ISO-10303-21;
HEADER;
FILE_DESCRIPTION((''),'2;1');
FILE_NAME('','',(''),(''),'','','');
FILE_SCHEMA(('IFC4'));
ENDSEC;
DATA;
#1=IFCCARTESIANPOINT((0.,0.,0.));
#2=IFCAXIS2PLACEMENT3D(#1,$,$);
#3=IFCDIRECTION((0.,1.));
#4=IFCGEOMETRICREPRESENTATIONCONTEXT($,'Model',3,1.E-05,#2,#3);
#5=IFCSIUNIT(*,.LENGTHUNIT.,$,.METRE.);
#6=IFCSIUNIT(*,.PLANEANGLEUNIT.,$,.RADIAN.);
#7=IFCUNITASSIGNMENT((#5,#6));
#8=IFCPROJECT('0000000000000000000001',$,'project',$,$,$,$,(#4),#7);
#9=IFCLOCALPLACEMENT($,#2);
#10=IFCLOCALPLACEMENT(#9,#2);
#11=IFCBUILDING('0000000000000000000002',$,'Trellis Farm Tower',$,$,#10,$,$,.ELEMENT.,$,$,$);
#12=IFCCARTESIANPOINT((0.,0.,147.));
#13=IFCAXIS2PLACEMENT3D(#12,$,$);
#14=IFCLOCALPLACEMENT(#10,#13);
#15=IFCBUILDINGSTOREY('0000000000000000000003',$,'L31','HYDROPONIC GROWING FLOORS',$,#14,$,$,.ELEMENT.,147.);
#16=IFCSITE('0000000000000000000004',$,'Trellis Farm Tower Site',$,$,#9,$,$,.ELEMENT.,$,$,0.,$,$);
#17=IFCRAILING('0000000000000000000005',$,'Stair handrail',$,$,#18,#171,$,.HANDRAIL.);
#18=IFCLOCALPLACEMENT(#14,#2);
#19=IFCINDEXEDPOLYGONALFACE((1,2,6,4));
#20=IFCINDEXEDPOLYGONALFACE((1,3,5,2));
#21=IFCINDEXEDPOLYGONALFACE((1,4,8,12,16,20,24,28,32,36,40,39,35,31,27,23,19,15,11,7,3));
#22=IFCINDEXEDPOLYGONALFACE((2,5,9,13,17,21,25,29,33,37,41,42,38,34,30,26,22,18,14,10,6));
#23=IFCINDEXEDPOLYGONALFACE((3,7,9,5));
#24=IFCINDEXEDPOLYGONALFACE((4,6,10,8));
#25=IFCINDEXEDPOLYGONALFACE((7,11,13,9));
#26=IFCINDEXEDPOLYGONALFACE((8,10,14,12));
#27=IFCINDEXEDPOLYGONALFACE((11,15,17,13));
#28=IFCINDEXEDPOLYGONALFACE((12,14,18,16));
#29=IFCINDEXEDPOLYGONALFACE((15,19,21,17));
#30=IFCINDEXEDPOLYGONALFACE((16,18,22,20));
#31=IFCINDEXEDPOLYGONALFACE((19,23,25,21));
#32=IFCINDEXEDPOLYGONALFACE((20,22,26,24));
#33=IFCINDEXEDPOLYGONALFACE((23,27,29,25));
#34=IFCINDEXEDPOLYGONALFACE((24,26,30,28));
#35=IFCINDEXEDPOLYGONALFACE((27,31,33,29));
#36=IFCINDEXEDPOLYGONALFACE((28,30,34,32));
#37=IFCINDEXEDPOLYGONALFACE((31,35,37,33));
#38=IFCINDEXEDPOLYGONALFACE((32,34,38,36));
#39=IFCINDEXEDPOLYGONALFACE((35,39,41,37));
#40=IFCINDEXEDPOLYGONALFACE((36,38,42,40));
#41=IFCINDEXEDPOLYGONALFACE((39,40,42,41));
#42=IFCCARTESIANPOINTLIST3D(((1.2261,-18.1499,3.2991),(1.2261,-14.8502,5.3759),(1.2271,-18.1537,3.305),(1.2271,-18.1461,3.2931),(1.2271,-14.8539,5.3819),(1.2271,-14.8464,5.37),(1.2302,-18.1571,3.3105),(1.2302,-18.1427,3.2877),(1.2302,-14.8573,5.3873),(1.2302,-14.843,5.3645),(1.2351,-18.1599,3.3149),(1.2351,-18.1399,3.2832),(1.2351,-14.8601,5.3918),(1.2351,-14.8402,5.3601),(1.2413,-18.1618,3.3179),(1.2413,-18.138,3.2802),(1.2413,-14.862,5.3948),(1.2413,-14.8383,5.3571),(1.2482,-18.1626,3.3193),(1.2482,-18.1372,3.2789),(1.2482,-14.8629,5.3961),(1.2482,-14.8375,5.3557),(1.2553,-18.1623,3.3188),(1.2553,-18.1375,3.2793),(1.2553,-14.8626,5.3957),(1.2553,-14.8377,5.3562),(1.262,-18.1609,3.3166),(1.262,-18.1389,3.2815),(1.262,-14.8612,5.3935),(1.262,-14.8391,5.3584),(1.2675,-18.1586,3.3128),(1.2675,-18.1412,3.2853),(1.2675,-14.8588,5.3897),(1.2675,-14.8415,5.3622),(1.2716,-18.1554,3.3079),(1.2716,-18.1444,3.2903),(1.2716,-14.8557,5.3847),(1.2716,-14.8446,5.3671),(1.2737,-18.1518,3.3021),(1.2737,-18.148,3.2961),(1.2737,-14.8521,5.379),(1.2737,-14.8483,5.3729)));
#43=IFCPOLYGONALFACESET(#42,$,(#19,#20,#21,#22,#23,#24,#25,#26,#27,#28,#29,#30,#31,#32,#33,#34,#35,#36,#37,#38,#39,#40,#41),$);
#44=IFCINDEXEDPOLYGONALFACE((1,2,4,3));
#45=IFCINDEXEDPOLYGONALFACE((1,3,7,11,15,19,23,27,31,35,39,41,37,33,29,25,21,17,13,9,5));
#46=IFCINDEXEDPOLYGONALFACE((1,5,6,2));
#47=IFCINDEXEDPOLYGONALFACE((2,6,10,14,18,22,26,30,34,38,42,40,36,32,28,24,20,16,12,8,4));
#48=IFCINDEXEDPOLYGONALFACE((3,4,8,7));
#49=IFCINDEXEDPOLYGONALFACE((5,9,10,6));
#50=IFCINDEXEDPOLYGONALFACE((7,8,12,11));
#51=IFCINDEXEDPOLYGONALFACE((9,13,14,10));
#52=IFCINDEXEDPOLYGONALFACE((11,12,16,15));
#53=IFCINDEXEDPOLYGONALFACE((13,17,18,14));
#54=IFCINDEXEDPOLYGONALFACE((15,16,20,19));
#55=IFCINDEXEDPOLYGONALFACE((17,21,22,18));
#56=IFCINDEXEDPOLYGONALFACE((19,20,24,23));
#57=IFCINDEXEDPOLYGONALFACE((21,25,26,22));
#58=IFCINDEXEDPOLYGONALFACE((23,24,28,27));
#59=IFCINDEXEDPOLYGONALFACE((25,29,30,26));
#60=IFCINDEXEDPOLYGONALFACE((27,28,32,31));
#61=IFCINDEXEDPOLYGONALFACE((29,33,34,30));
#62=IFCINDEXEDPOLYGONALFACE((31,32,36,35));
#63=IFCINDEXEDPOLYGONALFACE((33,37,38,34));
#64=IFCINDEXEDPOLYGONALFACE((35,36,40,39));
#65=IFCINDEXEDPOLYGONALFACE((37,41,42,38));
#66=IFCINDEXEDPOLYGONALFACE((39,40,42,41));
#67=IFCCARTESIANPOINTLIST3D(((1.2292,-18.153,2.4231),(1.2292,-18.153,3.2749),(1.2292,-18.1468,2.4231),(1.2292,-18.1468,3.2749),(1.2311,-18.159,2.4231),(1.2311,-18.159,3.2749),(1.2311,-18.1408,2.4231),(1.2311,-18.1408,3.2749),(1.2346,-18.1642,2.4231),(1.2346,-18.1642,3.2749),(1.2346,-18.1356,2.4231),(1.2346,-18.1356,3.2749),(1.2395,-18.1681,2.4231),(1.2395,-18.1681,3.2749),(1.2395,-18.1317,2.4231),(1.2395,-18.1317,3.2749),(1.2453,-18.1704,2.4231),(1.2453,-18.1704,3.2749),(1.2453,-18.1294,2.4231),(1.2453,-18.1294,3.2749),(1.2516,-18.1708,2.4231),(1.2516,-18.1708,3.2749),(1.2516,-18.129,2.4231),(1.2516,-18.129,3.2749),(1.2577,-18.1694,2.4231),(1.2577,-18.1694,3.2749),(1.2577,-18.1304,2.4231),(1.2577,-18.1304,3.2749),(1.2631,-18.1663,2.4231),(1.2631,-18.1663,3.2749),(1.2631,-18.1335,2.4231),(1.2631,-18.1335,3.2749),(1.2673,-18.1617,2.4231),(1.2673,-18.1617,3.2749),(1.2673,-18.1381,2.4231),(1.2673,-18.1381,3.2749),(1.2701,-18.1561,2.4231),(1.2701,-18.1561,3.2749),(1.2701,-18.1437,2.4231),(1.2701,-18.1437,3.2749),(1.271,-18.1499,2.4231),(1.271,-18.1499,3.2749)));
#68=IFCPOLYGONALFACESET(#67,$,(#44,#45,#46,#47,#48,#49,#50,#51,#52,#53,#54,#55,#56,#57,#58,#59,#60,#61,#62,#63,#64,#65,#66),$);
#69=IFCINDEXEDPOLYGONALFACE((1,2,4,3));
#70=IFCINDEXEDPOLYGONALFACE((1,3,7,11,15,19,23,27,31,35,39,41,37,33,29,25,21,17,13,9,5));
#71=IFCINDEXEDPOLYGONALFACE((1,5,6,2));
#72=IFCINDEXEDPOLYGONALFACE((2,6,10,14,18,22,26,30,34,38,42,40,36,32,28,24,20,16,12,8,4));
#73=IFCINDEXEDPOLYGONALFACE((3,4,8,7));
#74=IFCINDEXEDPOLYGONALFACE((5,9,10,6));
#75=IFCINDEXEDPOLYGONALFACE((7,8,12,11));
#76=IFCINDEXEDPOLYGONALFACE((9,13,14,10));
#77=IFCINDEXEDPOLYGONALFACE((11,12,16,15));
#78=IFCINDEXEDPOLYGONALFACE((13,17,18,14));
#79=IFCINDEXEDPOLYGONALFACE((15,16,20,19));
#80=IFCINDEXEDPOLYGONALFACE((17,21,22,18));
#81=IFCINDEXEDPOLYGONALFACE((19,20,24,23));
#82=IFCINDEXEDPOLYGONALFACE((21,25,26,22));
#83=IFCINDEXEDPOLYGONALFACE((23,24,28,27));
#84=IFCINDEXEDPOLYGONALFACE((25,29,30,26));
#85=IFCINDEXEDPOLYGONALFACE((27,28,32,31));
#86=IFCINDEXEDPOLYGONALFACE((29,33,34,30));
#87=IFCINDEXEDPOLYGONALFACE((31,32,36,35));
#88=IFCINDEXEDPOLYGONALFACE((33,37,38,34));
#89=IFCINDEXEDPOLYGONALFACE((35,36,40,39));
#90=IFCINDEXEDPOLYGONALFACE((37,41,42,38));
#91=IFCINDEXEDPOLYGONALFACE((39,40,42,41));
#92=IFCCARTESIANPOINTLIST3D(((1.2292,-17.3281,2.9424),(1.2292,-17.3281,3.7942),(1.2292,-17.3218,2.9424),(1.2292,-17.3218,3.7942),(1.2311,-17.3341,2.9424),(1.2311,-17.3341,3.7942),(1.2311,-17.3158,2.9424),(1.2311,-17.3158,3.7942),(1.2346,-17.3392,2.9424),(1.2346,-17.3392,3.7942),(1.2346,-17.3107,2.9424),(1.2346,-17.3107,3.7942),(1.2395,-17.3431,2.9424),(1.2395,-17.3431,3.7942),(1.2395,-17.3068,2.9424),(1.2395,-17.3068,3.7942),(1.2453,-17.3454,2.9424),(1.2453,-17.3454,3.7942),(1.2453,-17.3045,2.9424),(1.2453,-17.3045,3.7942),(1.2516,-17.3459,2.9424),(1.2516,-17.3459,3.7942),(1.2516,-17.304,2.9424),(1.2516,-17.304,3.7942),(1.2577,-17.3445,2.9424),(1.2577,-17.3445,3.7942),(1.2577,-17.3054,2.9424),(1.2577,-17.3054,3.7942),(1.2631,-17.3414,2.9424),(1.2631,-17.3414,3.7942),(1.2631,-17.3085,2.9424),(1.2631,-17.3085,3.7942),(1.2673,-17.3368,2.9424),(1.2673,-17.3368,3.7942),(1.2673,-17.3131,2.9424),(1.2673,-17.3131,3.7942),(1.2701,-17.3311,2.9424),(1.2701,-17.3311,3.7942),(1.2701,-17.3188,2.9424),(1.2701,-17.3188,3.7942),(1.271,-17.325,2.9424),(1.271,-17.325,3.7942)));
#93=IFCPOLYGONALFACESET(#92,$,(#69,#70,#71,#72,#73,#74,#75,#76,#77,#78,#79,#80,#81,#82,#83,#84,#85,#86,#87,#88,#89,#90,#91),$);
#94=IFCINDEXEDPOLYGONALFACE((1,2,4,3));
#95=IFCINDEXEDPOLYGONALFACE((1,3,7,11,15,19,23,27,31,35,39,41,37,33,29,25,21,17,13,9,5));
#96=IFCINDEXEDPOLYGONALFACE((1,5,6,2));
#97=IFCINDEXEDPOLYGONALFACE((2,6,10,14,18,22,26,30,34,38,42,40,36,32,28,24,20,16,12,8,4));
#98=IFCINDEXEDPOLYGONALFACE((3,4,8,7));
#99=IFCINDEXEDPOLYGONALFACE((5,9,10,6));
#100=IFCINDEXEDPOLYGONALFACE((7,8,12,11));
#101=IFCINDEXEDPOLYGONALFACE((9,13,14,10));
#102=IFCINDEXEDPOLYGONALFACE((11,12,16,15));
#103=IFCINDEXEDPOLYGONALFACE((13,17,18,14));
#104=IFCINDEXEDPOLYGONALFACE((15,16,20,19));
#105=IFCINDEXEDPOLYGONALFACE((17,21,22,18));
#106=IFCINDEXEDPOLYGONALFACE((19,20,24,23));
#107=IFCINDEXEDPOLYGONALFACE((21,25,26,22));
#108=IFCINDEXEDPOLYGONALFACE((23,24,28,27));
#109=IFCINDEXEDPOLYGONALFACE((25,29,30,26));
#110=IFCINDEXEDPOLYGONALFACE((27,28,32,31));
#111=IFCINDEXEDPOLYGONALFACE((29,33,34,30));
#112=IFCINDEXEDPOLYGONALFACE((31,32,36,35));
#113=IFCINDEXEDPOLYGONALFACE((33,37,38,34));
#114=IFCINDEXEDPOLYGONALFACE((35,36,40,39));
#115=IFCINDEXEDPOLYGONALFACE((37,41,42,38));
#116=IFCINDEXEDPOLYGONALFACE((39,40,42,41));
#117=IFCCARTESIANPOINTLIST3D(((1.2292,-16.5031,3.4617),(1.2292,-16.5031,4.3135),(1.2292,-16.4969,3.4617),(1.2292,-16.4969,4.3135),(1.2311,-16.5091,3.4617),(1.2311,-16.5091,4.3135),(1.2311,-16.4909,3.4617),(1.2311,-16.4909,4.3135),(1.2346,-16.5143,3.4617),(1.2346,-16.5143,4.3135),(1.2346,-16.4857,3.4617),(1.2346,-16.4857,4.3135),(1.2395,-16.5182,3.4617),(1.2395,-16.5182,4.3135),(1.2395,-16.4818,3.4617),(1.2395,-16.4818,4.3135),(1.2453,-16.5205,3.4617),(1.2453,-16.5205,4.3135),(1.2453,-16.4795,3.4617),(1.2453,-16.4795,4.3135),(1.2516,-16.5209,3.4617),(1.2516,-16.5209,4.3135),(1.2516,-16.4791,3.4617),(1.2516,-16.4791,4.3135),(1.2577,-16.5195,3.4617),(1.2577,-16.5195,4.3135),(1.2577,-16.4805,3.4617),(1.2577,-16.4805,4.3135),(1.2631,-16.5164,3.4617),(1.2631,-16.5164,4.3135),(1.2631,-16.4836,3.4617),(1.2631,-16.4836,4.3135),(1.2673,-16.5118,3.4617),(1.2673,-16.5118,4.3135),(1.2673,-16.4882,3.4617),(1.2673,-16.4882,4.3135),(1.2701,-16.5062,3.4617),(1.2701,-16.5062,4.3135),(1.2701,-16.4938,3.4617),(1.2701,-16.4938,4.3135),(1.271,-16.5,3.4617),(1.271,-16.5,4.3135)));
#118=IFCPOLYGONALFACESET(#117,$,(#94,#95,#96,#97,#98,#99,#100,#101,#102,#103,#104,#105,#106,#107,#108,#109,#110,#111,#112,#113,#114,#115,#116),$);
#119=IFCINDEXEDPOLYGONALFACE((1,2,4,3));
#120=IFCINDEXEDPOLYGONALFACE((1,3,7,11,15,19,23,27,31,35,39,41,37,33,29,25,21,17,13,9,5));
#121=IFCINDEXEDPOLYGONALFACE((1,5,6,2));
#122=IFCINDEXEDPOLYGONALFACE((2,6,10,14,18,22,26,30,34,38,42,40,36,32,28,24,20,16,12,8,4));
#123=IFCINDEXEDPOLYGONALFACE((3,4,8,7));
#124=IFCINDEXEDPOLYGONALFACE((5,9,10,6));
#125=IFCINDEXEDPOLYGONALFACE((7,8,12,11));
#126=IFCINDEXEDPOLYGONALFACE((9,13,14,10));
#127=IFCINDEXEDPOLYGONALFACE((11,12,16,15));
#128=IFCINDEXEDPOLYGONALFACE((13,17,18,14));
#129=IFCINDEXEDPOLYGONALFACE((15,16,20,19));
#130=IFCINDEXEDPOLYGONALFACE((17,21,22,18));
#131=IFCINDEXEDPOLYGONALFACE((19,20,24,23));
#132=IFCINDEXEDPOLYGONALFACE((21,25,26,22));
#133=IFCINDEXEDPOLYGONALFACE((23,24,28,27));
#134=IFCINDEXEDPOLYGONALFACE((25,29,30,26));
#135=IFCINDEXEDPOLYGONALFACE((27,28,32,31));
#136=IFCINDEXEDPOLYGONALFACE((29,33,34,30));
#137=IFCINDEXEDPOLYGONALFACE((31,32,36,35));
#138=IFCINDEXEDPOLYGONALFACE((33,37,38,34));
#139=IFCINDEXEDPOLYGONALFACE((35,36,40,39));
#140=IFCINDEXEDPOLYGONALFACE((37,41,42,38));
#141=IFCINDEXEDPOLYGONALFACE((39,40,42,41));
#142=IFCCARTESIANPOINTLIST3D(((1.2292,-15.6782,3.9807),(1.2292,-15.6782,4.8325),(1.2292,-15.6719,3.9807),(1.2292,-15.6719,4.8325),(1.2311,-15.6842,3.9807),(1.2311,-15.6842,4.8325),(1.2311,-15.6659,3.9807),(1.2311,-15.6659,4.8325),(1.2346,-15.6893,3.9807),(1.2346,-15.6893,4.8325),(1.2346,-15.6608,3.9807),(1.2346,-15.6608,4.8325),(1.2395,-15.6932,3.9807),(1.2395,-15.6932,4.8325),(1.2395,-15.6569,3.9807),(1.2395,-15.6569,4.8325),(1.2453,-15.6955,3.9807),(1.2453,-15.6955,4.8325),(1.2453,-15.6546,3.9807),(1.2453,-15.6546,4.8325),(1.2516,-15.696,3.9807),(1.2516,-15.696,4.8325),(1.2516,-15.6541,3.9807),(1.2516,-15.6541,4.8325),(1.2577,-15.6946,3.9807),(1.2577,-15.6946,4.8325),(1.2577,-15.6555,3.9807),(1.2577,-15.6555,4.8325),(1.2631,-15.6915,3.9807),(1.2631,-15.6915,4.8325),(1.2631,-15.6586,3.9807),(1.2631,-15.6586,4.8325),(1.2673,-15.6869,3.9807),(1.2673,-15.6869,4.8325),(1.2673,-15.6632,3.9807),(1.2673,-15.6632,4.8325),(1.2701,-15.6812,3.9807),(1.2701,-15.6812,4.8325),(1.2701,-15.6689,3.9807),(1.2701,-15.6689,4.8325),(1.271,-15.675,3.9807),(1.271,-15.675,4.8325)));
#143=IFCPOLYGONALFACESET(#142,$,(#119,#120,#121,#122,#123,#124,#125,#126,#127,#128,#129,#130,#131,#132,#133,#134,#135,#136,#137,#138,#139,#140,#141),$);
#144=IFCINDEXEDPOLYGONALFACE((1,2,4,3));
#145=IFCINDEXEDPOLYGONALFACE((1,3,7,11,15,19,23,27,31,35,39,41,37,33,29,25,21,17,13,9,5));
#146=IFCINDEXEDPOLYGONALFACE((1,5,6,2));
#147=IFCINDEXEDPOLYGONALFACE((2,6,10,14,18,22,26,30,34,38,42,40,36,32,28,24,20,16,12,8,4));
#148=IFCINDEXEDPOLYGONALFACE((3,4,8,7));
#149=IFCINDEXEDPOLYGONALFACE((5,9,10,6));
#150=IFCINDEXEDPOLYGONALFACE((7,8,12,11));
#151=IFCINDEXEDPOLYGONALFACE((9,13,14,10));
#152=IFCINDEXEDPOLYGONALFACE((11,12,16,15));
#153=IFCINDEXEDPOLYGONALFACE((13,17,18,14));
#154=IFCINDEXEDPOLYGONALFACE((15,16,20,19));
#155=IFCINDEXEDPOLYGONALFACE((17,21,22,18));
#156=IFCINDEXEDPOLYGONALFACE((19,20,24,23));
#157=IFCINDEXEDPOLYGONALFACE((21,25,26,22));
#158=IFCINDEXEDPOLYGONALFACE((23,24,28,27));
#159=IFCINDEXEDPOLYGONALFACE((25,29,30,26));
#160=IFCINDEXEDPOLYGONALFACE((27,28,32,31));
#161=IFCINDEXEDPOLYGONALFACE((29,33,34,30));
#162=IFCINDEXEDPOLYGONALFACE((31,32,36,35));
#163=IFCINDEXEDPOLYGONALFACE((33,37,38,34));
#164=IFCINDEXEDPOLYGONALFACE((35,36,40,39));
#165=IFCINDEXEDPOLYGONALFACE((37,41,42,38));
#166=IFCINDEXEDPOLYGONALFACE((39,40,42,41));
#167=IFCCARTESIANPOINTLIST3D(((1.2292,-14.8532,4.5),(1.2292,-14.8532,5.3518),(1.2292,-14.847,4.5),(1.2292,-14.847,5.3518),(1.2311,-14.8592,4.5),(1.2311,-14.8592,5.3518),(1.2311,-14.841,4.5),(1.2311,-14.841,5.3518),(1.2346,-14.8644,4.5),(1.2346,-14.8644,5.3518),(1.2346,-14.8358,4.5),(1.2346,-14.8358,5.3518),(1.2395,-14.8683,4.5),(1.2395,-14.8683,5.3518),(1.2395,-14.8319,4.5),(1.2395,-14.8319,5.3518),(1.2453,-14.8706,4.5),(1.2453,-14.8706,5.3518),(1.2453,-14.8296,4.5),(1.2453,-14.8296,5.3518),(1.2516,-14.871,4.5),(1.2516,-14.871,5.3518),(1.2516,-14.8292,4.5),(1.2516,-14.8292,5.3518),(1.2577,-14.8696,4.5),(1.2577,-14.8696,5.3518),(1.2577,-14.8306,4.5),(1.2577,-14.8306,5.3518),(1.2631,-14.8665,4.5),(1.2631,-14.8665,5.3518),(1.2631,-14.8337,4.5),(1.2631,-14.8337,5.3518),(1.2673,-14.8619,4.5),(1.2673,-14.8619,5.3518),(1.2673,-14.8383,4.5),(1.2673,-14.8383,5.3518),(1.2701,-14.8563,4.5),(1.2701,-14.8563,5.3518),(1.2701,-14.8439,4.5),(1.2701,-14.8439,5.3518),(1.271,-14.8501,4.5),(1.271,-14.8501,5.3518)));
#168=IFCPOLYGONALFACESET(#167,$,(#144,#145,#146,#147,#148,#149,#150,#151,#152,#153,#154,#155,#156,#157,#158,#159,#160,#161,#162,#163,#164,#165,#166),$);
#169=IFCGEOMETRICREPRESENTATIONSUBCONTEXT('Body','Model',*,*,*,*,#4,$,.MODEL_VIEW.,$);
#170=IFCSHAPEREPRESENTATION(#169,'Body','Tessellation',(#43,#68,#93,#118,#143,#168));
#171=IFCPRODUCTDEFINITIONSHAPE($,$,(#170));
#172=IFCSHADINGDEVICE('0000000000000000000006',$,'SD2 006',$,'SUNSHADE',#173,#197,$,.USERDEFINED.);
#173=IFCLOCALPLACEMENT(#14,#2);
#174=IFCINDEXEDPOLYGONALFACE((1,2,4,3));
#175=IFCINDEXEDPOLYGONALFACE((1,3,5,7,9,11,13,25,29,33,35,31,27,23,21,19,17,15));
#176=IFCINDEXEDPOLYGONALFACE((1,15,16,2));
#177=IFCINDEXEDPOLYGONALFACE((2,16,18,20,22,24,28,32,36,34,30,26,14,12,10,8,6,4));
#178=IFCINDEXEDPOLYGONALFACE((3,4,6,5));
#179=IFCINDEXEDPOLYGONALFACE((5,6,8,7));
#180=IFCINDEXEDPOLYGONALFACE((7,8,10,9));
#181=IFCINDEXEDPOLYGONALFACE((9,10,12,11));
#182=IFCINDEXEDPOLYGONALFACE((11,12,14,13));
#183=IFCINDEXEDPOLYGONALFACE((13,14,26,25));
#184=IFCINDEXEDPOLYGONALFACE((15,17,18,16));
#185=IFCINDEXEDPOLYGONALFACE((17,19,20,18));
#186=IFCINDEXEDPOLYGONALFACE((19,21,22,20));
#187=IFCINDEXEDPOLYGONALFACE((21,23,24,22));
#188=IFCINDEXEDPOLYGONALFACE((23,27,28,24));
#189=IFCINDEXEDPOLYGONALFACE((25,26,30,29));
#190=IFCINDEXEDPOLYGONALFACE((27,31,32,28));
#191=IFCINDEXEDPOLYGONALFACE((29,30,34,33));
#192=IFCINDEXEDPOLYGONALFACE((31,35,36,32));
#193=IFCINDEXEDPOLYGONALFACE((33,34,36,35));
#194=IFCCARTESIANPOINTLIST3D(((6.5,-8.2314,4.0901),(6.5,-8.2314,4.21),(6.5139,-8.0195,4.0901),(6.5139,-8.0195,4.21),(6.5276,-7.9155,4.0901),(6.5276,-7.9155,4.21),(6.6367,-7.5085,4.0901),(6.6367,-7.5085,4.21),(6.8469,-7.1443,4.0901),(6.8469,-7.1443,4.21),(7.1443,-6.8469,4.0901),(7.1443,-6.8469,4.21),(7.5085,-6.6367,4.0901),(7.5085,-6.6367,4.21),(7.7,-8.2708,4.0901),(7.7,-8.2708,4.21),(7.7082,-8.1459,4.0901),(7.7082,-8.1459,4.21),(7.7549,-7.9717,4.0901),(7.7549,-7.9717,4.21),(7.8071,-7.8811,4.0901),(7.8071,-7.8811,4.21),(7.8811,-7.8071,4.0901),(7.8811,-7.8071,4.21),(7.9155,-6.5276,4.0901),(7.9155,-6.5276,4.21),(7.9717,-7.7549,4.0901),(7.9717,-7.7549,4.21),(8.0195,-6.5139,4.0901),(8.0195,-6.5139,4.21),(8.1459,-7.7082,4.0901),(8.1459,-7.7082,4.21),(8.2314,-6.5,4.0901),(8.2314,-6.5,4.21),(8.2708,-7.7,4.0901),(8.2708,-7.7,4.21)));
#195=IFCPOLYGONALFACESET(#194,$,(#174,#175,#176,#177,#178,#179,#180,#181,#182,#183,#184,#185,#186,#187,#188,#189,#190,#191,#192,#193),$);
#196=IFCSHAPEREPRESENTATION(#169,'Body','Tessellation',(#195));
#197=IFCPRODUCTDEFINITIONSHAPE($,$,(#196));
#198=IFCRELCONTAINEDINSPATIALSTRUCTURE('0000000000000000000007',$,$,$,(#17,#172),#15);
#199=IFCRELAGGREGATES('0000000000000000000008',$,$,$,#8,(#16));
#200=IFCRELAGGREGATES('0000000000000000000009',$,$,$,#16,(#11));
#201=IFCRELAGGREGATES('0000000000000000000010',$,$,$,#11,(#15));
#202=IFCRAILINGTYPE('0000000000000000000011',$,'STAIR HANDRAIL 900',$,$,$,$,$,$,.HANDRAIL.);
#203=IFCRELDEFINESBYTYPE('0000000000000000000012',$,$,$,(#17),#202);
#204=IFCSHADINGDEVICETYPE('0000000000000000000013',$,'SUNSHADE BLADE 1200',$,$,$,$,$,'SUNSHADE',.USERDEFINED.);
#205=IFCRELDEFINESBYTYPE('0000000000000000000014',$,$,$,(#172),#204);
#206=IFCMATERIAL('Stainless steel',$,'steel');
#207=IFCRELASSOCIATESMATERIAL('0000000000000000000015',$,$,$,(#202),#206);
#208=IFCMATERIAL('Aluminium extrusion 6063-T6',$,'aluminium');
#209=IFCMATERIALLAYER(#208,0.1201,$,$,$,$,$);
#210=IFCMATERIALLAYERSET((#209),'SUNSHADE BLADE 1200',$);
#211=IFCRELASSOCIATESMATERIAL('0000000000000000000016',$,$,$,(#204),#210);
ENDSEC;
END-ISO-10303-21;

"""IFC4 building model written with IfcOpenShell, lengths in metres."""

from ifc_helpers import new_model, si_unit, direction, frame, origin, origin_2d, place, context, subcontext, project, spatial, polyline, circle, outline, extrude, source, transform, mapped, material, layer, layer_set, type_object, element, save


model = new_model("IFC4")

# Units and contexts
model_context = context("Model", 3, precision=1e-05, world=origin(), true_north=direction((0.0, 1.0)))
body_context = subcontext(model_context, "Body", "Model", "MODEL_VIEW")
ifc_project = project(units=[si_unit("LENGTHUNIT", "METRE"), si_unit("PLANEANGLEUNIT", "RADIAN")], contexts=[model_context])

# Site, building, storey
site_placement = place(None, origin())
site = spatial("IfcSite", under=ifc_project, at=site_placement, Name="Trellis Farm Tower Site", CompositionType="ELEMENT", RefElevation=0.0)
building_placement = place(site_placement, origin())
building = spatial("IfcBuilding", under=site, at=building_placement, Name="Trellis Farm Tower", CompositionType="ELEMENT")
storey_placement = place(building_placement, frame((0.0, 0.0, 147.0)))
storey = spatial("IfcBuildingStorey", under=building, at=storey_placement, Name="L31", Description="HYDROPONIC GROWING FLOORS", CompositionType="ELEMENT", Elevation=147.0)

# Shared definitions
ifc_material_1 = material(Name="Aluminium extrusion 6063-T6", Category="aluminium")

# Railing
ifc_material_2 = material(Name="Stainless steel", Category="steel")
railing_type = type_object("IfcRailingType", Name="STAIR HANDRAIL 900", PredefinedType="HANDRAIL", material=ifc_material_2)
shared_shape_1 = source(origin(), body_context, "Body", "SweptSolid", [
    extrude(circle(Radius=0.0239, at=origin_2d()), frame((0.0, 0.0, 0.876), z_axis=(0.0, 0.84632, 0.532675), x_axis=(-1.0, 0.0, 0.0)), (0.0, 0.0, 1.0), 3.8989),
    extrude(circle(Radius=0.021, at=origin_2d()), origin(), (0.0, 0.0, 1.0), 0.8518),
    extrude(circle(Radius=0.021, at=origin_2d()), frame((0.0, 0.825, 0.5193)), (0.0, 0.0, 1.0), 0.8518),
    extrude(circle(Radius=0.021, at=origin_2d()), frame((0.0, 1.6499, 1.0386)), (0.0, 0.0, 1.0), 0.8518),
    extrude(circle(Radius=0.021, at=origin_2d()), frame((0.0, 2.4749, 1.5576)), (0.0, 0.0, 1.0), 0.8518),
    extrude(circle(Radius=0.021, at=origin_2d()), frame((0.0, 3.2998, 2.0769)), (0.0, 0.0, 1.0), 0.8518),
])
railing_placement = place(storey_placement, frame((1.25, -18.1499, 2.4231)))
element("IfcRailing", 1, at=railing_placement, inside=storey, type_object=railing_type, Name="Stair handrail", PredefinedType="HANDRAIL", context=body_context, shape_type="MappedRepresentation", body=[
    mapped(shared_shape_1, transform((0.0, 0.0, 0.0))),
])

# Shading device
ifc_layer_1 = layer(ifc_material_1, 0.1201)
ifc_layer_set_1 = layer_set([ifc_layer_1], Name="SUNSHADE BLADE 1200")
shading_device_type = type_object("IfcShadingDeviceType", Name="SUNSHADE BLADE 1200", ElementType="SUNSHADE", PredefinedType="USERDEFINED", material=ifc_layer_set_1)
shared_shape_2 = source(origin(), body_context, "Body", "SweptSolid", [
    extrude(outline(polyline([(7.7, -8.2708), (7.7087, -8.1372), (7.707, -8.1501), (7.7549, -7.9717), (7.8071, -7.8811), (7.8811, -7.8071), (7.9717, -7.7549), (8.1501, -7.707), (8.1372, -7.7087), (8.2708, -7.7), (8.2314, -6.5), (8.0195, -6.5139), (7.9155, -6.5276), (7.5085, -6.6367), (7.1443, -6.8469), (6.8469, -7.1443), (6.6367, -7.5085), (6.5276, -7.9155), (6.5139, -8.0195), (6.5, -8.2314), (7.7, -8.2708)])), origin(), (0.0, 0.0, 1.0), 0.1199),
])
placement_1 = place(storey_placement, frame((0.0, 0.0, 4.0901)))
element("IfcShadingDevice", 2, at=placement_1, inside=storey, type_object=shading_device_type, Name="SD2 006", ObjectType="SUNSHADE", PredefinedType="USERDEFINED", context=body_context, shape_type="MappedRepresentation", body=[
    mapped(shared_shape_2, transform((0.0, 0.0, 0.0))),
])

save(model, "model.ifc")
